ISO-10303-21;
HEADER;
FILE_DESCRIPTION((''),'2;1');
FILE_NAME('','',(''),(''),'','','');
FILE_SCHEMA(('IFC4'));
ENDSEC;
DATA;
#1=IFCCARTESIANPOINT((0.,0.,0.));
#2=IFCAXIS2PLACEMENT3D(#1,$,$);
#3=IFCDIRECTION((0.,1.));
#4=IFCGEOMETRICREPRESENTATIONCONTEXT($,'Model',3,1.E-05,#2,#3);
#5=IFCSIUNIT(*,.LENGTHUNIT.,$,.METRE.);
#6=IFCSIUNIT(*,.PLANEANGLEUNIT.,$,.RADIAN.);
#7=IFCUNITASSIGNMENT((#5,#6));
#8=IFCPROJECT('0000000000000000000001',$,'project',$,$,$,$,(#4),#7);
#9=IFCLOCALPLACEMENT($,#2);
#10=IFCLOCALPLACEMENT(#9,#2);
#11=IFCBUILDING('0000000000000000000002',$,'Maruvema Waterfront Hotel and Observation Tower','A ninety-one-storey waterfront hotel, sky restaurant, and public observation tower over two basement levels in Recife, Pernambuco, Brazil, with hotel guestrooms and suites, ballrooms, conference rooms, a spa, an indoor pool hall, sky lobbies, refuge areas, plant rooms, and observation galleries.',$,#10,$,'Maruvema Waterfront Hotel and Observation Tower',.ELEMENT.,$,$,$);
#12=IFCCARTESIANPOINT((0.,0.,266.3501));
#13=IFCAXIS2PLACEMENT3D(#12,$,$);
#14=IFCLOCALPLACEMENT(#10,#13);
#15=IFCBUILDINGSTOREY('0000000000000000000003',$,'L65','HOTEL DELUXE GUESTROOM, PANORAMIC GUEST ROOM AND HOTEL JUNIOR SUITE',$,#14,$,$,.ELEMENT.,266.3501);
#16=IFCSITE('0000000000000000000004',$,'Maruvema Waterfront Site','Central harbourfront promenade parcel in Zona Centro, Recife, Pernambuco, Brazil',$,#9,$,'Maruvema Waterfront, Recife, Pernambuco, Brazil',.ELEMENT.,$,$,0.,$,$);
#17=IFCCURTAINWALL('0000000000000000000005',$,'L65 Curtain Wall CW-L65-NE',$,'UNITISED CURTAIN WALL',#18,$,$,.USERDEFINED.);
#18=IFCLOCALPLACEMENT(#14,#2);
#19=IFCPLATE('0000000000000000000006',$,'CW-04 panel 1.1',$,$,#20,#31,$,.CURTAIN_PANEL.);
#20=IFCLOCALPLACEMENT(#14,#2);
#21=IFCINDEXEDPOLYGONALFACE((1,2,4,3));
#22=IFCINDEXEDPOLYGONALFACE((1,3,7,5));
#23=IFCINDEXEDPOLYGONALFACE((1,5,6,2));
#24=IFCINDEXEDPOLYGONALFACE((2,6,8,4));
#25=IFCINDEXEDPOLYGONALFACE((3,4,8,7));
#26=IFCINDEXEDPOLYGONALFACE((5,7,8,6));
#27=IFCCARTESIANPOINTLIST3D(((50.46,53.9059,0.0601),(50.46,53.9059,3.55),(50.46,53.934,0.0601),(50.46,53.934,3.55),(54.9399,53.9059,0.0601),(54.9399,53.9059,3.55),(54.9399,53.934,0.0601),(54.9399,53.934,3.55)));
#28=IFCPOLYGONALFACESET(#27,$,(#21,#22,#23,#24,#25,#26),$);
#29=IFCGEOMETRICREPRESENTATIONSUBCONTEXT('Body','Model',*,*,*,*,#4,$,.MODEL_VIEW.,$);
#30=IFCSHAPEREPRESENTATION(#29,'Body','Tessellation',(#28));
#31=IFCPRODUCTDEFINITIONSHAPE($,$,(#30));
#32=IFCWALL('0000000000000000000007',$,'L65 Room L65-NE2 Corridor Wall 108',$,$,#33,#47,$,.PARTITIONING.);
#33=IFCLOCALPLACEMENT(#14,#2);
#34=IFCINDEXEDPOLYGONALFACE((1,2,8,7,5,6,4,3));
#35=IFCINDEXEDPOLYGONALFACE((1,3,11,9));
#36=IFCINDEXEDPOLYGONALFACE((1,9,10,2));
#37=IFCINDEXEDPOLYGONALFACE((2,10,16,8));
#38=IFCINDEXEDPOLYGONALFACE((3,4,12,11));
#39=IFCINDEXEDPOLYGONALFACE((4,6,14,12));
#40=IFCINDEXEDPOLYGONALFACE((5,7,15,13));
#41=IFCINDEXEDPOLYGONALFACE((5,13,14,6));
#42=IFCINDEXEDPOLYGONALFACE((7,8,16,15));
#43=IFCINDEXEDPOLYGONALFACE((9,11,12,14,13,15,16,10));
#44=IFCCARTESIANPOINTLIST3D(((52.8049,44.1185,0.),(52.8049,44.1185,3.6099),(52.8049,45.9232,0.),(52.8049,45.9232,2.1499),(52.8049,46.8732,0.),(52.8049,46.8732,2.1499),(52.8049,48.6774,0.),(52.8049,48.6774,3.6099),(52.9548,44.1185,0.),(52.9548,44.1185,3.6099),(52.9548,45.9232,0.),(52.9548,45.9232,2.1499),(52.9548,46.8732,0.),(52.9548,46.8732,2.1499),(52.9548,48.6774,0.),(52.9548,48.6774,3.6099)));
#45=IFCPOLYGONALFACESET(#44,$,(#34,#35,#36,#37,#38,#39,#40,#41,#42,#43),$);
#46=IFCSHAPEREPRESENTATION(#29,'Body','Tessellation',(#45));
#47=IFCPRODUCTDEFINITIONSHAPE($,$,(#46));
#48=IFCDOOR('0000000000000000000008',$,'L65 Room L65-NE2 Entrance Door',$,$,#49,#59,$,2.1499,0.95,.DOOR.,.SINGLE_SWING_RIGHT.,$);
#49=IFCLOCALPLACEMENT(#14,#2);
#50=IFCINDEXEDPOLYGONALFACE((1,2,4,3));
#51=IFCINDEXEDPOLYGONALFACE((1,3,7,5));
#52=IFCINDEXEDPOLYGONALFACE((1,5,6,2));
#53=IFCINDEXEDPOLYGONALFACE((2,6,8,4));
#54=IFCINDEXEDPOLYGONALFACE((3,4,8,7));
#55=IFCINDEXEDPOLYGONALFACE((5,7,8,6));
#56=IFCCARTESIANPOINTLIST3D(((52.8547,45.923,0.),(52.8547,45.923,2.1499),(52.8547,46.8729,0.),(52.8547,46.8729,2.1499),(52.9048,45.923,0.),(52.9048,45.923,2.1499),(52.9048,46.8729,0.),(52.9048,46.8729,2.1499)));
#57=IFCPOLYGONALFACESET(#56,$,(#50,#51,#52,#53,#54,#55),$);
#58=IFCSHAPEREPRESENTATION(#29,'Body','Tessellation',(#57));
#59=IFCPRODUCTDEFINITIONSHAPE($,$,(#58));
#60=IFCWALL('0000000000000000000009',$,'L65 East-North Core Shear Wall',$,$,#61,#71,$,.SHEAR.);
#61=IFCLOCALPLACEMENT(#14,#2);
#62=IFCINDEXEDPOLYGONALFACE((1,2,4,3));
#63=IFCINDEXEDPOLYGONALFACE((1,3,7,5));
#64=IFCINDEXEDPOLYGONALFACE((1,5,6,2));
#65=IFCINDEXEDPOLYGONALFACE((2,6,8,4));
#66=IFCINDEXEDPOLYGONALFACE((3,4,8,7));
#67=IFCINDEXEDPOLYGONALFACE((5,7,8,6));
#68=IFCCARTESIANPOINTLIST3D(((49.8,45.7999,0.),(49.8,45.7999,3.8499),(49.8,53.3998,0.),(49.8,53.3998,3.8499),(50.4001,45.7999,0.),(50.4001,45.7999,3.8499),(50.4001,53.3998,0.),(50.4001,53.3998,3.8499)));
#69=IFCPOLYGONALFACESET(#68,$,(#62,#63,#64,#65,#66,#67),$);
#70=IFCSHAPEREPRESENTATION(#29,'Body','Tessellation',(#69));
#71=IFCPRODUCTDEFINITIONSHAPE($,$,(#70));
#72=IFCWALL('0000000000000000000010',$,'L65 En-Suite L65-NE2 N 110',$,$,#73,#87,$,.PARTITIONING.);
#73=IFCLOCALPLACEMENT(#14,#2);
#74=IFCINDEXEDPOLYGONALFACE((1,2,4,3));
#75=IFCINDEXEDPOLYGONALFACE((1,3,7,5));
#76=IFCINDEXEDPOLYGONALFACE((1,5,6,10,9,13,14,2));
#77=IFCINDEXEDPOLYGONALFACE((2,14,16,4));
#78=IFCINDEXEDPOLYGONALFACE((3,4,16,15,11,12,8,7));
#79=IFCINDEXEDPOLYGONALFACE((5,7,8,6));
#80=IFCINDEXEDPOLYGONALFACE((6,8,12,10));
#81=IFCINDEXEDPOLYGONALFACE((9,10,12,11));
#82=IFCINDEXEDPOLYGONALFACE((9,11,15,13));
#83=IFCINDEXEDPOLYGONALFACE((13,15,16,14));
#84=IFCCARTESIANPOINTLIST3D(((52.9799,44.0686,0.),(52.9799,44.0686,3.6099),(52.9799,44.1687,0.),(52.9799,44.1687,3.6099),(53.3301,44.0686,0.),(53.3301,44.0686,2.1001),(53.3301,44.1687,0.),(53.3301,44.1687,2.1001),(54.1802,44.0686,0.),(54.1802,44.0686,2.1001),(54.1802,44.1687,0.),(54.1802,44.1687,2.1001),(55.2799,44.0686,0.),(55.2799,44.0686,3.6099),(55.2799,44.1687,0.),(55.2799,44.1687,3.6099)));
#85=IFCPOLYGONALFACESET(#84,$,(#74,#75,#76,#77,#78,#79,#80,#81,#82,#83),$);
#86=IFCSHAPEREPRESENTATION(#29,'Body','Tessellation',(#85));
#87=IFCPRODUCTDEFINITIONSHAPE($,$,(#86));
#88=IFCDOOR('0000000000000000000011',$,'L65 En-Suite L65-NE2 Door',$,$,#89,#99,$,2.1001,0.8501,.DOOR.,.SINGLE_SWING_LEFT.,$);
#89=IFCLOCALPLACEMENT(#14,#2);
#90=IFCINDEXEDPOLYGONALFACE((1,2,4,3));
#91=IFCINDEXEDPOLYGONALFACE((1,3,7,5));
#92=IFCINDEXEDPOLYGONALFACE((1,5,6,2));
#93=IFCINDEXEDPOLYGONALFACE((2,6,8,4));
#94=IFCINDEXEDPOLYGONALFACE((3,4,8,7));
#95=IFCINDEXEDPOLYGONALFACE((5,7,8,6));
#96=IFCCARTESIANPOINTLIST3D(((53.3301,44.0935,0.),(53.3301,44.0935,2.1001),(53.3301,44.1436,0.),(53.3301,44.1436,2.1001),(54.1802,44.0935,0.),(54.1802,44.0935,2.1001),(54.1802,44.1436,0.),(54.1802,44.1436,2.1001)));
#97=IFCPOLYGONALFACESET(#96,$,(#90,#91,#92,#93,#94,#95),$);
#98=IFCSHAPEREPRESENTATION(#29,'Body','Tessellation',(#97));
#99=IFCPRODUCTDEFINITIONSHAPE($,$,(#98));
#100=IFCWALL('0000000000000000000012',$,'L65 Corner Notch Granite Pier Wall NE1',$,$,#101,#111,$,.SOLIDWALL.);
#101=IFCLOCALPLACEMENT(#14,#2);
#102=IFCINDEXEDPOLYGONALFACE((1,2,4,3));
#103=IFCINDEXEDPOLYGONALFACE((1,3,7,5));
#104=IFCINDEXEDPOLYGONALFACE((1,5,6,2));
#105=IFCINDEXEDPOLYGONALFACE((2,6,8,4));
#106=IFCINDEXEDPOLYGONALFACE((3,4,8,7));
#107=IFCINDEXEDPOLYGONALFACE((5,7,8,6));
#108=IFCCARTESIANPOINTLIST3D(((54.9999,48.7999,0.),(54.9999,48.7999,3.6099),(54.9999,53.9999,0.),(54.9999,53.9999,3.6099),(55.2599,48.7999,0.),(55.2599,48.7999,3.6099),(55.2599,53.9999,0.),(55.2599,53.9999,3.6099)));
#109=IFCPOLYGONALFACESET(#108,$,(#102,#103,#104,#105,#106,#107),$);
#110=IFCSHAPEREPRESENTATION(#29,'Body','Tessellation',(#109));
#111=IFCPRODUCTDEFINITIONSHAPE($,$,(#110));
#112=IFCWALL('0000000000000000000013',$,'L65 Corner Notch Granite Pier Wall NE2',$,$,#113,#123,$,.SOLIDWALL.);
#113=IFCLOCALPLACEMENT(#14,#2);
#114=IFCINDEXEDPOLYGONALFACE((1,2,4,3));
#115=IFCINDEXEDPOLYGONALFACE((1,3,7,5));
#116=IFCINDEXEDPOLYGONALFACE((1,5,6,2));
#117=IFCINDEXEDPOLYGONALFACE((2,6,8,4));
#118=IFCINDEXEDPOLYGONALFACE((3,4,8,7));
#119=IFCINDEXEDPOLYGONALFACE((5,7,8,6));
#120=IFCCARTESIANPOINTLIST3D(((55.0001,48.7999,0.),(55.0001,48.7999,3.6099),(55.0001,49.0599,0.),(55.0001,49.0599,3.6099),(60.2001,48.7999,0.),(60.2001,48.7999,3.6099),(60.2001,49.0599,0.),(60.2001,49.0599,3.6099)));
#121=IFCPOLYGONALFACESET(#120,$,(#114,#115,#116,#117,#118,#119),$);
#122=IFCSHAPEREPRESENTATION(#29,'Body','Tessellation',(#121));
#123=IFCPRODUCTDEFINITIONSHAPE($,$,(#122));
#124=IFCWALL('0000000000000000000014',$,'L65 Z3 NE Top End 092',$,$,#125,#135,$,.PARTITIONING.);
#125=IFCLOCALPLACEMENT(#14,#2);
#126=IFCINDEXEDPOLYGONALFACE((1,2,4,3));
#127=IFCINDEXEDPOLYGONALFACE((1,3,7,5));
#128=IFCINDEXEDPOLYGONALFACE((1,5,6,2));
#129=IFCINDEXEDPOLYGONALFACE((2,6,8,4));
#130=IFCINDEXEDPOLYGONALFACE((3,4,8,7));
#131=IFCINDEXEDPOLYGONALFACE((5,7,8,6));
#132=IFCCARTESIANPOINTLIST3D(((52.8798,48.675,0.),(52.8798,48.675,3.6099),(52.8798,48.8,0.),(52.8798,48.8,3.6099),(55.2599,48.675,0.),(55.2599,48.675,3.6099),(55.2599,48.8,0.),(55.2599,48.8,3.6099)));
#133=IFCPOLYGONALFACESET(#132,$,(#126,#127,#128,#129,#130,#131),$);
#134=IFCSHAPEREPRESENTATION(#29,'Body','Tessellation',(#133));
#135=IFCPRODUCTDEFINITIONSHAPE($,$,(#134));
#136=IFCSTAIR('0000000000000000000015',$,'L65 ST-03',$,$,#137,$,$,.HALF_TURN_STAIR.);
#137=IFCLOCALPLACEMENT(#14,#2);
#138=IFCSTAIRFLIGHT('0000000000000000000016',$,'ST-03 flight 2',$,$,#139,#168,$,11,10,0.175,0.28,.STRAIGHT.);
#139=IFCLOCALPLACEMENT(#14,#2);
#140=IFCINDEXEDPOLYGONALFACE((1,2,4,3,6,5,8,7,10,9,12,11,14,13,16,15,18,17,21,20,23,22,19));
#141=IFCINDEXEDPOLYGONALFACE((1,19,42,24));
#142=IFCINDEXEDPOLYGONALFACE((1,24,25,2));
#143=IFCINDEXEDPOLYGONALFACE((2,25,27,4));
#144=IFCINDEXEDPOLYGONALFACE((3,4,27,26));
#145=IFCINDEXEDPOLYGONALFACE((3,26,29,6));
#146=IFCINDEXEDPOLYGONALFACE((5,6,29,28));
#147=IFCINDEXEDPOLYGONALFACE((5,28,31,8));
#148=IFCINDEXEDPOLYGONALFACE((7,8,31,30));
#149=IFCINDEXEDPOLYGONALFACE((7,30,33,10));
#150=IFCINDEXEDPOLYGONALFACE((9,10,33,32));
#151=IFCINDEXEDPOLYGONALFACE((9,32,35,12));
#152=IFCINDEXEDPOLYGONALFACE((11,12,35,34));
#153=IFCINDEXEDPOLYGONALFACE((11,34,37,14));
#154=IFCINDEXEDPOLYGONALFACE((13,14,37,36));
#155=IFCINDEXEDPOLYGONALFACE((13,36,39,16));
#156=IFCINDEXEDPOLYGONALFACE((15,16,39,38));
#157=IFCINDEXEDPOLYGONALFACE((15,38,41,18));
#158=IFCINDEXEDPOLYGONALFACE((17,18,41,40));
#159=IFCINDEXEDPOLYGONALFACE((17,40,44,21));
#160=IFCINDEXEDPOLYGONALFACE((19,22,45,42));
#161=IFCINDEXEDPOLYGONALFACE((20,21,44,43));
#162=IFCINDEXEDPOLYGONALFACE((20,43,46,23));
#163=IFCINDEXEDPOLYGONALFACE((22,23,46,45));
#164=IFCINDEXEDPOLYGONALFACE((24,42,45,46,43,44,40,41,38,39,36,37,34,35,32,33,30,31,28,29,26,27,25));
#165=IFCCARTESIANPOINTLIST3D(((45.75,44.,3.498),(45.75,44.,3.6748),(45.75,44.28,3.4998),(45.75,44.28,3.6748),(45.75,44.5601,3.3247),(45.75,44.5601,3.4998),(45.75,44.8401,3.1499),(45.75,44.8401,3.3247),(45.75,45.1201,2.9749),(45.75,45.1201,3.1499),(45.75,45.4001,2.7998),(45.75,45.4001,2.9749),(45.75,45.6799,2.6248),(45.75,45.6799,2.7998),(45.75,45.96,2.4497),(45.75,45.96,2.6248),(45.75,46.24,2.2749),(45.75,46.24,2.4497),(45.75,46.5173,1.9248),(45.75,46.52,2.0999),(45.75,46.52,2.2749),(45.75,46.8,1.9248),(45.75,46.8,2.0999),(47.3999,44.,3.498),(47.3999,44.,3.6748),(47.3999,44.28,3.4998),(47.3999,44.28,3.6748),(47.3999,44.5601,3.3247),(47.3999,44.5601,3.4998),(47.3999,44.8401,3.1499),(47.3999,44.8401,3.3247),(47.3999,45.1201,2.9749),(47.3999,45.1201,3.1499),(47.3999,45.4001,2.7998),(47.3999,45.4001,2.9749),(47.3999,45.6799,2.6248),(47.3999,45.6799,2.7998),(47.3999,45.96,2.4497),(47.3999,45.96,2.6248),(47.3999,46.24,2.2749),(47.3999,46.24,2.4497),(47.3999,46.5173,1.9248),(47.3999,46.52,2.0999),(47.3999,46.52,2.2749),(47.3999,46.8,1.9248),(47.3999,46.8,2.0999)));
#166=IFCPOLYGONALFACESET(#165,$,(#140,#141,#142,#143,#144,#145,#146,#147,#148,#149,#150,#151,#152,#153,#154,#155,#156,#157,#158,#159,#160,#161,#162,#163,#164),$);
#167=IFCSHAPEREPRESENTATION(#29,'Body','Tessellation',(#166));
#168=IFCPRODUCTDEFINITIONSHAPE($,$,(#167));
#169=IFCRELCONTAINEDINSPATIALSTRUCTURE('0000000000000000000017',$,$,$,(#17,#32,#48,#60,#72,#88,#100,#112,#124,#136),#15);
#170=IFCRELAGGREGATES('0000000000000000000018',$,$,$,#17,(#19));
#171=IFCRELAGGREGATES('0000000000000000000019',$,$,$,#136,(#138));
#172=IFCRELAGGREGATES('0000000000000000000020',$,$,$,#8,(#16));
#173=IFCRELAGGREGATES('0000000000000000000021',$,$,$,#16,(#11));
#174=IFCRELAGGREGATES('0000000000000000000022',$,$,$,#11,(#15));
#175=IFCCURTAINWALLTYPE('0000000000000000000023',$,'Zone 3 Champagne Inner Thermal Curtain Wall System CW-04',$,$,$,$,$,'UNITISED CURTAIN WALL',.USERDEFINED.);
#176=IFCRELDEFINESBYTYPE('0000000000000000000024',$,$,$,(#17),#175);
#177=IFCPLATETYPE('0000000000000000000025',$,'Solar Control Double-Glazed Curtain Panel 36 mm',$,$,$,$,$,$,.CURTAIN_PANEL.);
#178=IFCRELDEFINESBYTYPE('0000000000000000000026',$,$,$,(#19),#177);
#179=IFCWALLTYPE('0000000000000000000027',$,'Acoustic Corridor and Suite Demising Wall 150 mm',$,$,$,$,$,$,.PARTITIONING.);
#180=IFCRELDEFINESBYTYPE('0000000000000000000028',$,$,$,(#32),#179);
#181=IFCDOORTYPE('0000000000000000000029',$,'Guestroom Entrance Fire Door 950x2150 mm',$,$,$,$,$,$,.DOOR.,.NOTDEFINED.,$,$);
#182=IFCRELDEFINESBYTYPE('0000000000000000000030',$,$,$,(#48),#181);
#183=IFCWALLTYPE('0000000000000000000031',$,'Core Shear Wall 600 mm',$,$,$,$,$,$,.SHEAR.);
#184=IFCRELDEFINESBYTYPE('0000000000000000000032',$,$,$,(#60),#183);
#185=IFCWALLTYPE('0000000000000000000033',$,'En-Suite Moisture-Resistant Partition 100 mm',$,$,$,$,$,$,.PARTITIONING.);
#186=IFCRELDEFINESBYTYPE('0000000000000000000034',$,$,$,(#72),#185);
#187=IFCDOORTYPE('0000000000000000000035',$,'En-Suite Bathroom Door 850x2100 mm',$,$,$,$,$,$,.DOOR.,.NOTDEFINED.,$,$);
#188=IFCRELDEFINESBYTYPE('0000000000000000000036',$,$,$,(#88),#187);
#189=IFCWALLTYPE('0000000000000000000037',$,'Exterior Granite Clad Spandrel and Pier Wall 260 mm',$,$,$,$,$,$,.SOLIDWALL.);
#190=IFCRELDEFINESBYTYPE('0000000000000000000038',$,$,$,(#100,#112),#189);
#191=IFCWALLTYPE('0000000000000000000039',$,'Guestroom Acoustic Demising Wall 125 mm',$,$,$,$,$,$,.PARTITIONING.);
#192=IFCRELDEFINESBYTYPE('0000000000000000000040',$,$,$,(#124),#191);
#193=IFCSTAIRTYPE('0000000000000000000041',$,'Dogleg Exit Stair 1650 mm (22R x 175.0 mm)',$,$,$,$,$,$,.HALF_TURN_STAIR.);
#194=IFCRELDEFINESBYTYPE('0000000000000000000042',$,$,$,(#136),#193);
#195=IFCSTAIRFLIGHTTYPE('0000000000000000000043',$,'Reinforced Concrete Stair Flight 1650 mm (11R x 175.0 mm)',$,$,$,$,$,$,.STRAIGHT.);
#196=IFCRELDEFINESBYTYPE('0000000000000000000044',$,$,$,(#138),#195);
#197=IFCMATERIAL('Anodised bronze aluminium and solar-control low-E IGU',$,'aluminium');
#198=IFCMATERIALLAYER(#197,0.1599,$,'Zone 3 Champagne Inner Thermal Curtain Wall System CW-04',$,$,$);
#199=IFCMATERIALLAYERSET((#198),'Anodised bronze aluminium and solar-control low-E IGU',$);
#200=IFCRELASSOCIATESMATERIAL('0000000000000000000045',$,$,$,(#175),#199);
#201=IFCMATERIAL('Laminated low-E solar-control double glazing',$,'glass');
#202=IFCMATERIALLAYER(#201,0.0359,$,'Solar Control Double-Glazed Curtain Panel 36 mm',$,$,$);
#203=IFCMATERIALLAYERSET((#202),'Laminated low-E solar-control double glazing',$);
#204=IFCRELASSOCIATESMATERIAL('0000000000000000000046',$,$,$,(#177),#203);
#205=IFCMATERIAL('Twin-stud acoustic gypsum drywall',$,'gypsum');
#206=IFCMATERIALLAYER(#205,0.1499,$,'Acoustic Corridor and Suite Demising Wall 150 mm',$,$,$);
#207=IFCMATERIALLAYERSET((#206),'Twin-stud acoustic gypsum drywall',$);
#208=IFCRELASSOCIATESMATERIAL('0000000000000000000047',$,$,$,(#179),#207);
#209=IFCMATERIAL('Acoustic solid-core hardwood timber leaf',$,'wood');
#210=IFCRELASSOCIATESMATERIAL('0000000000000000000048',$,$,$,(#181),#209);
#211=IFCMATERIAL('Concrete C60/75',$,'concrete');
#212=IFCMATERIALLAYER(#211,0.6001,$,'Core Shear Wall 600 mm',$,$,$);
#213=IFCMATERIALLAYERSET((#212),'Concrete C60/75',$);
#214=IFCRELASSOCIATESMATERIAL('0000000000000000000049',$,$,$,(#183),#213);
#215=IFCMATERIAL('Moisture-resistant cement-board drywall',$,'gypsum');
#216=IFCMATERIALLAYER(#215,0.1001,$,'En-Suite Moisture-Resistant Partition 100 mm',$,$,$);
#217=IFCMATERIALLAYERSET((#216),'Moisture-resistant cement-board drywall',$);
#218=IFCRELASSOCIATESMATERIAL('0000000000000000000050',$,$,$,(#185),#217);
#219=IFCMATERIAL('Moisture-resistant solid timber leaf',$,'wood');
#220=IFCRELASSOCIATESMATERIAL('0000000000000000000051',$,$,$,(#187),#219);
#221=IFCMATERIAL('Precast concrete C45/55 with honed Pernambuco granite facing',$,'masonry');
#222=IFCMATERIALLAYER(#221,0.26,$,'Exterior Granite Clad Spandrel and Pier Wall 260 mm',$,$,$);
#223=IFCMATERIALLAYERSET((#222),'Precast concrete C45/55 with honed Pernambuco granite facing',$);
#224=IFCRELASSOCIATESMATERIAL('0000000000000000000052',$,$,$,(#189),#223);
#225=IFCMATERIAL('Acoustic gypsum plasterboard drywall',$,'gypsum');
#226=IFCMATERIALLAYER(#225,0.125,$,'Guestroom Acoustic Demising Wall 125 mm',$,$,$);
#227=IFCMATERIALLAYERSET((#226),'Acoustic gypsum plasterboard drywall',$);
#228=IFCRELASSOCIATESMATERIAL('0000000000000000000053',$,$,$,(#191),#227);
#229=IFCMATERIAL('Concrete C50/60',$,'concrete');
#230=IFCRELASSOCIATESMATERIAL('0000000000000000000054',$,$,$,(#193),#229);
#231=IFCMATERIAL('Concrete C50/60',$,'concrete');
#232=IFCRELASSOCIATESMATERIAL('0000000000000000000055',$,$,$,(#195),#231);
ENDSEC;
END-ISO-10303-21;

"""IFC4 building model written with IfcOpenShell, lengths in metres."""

from ifc_helpers import new_model, si_unit, direction, frame, frame_2d, origin, origin_2d, place, context, subcontext, project, spatial, polyline, rectangle, outline, extrude, material, layer, layer_set, type_object, element, fill, aggregate, save


model = new_model("IFC4")

# Units and contexts
model_context = context("Model", 3, precision=1e-05, world=origin(), true_north=direction((0.0, 1.0)))
body_context = subcontext(model_context, "Body", "Model", "MODEL_VIEW")
ifc_project = project(units=[si_unit("LENGTHUNIT", "METRE"), si_unit("PLANEANGLEUNIT", "RADIAN")], contexts=[model_context])

# Site, building, storey
site_placement = place(None, origin())
site = spatial("IfcSite", under=ifc_project, at=site_placement, Name="Maruvema Waterfront Site", Description="Central harbourfront promenade parcel in Zona Centro, Recife, Pernambuco, Brazil", LongName="Maruvema Waterfront, Recife, Pernambuco, Brazil", CompositionType="ELEMENT", RefElevation=0.0)
building_placement = place(site_placement, origin())
building = spatial("IfcBuilding", under=site, at=building_placement, Name="Maruvema Waterfront Hotel and Observation Tower", Description="A ninety-one-storey waterfront hotel, sky restaurant, and public observation tower over two basement levels in Recife, Pernambuco, Brazil, with hotel guestrooms and suites, ballrooms, conference rooms, a spa, an indoor pool hall, sky lobbies, refuge areas, plant rooms, and observation galleries.", LongName="Maruvema Waterfront Hotel and Observation Tower", CompositionType="ELEMENT")
storey_placement = place(building_placement, frame((0.0, 0.0, 266.3501)))
storey = spatial("IfcBuildingStorey", under=building, at=storey_placement, Name="L65", Description="HOTEL DELUXE GUESTROOM, PANORAMIC GUEST ROOM AND HOTEL JUNIOR SUITE", CompositionType="ELEMENT", Elevation=266.3501)

# Curtain wall
ifc_material_1 = material(Name="Anodised bronze aluminium and solar-control low-E IGU", Category="aluminium")
ifc_layer_1 = layer(ifc_material_1, 0.1599, Name="Zone 3 Champagne Inner Thermal Curtain Wall System CW-04")
ifc_layer_set_1 = layer_set([ifc_layer_1], Name="Anodised bronze aluminium and solar-control low-E IGU")
curtain_wall_type = type_object("IfcCurtainWallType", Name="Zone 3 Champagne Inner Thermal Curtain Wall System CW-04", ElementType="UNITISED CURTAIN WALL", PredefinedType="USERDEFINED", material=ifc_layer_set_1)
curtain_wall_1_placement = place(storey_placement, origin())
curtain_wall_1 = element("IfcCurtainWall", 1, at=curtain_wall_1_placement, inside=storey, type_object=curtain_wall_type, Name="L65 Curtain Wall CW-L65-NE", ObjectType="UNITISED CURTAIN WALL", PredefinedType="USERDEFINED")

# Plate
ifc_material_2 = material(Name="Laminated low-E solar-control double glazing", Category="glass")
ifc_layer_2 = layer(ifc_material_2, 0.0359, Name="Solar Control Double-Glazed Curtain Panel 36 mm")
ifc_layer_set_2 = layer_set([ifc_layer_2], Name="Laminated low-E solar-control double glazing")
plate_type = type_object("IfcPlateType", Name="Solar Control Double-Glazed Curtain Panel 36 mm", PredefinedType="CURTAIN_PANEL", material=ifc_layer_set_2)
plate_1_placement = place(storey_placement, frame((52.7, 53.9199, 0.0601), z_axis=(0.0, 0.0, 1.0), x_axis=(-1.0, 0.0, 0.0)))
plate_1 = element("IfcPlate", 2, at=plate_1_placement, type_object=plate_type, Name="CW-04 panel 1.1", PredefinedType="CURTAIN_PANEL", context=body_context, shape_type="SweptSolid", body=[
    extrude(rectangle(XDim=4.48, YDim=0.0281, at=origin_2d()), origin(), (0.0, 0.0, 1.0), 3.49),
])
aggregate(curtain_wall_1, [plate_1])

# Wall, opening, door
ifc_material_3 = material(Name="Twin-stud acoustic gypsum drywall", Category="gypsum")
ifc_layer_3 = layer(ifc_material_3, 0.1499, Name="Acoustic Corridor and Suite Demising Wall 150 mm")
ifc_layer_set_3 = layer_set([ifc_layer_3], Name="Twin-stud acoustic gypsum drywall")
wall_type_1 = type_object("IfcWallType", Name="Acoustic Corridor and Suite Demising Wall 150 mm", PredefinedType="PARTITIONING", material=ifc_layer_set_3)
wall_1_placement = place(storey_placement, frame((52.8799, 44.1187, 0.0), z_axis=(0.0, 0.0, 1.0), x_axis=(0.0, 1.0, 0.0)))
wall_1 = element("IfcWall", 3, at=wall_1_placement, inside=storey, type_object=wall_type_1, Name="L65 Room L65-NE2 Corridor Wall 108", PredefinedType="PARTITIONING", context=body_context, shape_type="SweptSolid", body=[
    extrude(rectangle(XDim=4.5588, YDim=0.1499, at=frame_2d((2.2793, 0.0))), origin(), (0.0, 0.0, 1.0), 3.6099),
])
opening_1_placement = place(wall_1_placement, frame((1.8044, 0.0, 0.0)))
opening_1 = element("IfcOpeningElement", 4, at=opening_1_placement, cuts=wall_1, PredefinedType="OPENING", context=body_context, shape_type="SweptSolid", body=[
    extrude(rectangle(XDim=0.95, YDim=2.1499, at=frame_2d((0.4751, 1.075))), frame((0.0, 0.085, 0.0), z_axis=(0.0, -1.0, 0.0), x_axis=(1.0, 0.0, 0.0)), (0.0, 0.0, 1.0), 0.1699),
])
ifc_material_4 = material(Name="Acoustic solid-core hardwood timber leaf", Category="wood")
door_type_1 = type_object("IfcDoorType", Name="Guestroom Entrance Fire Door 950x2150 mm", OperationType="NOTDEFINED", PredefinedType="DOOR", material=ifc_material_4)
door_1_placement = place(opening_1_placement, frame((0.95, 0.0, 0.0), z_axis=(0.0, 0.0, 1.0), x_axis=(-1.0, 0.0, 0.0)))
door_1 = element("IfcDoor", 5, at=door_1_placement, inside=storey, type_object=door_type_1, Name="L65 Room L65-NE2 Entrance Door", OperationType="SINGLE_SWING_RIGHT", OverallHeight=2.1499, OverallWidth=0.95, PredefinedType="DOOR", context=body_context, shape_type="SweptSolid", body=[
    extrude(rectangle(XDim=0.95, YDim=2.1499, at=frame_2d((0.4751, 1.075))), frame((0.0, 0.0249, 0.0), z_axis=(0.0, -1.0, 0.0), x_axis=(1.0, 0.0, 0.0)), (0.0, 0.0, 1.0), 0.05),
])
fill(opening_1, door_1)

# Wall
ifc_material_5 = material(Name="Concrete C60/75", Category="concrete")
ifc_layer_4 = layer(ifc_material_5, 0.6001, Name="Core Shear Wall 600 mm")
ifc_layer_set_4 = layer_set([ifc_layer_4], Name="Concrete C60/75")
wall_type_2 = type_object("IfcWallType", Name="Core Shear Wall 600 mm", PredefinedType="SHEAR", material=ifc_layer_set_4)
wall_2_placement = place(storey_placement, frame((50.1001, 45.8, 0.0), z_axis=(0.0, 0.0, 1.0), x_axis=(0.0, 1.0, 0.0)))
element("IfcWall", 6, at=wall_2_placement, inside=storey, type_object=wall_type_2, Name="L65 East-North Core Shear Wall", PredefinedType="SHEAR", context=body_context, shape_type="SweptSolid", body=[
    extrude(rectangle(XDim=7.5999, YDim=0.6001, at=frame_2d((3.7998, 0.0))), origin(), (0.0, 0.0, 1.0), 3.8499),
])

# Wall, opening, door
ifc_material_6 = material(Name="Moisture-resistant cement-board drywall", Category="gypsum")
ifc_layer_5 = layer(ifc_material_6, 0.1001, Name="En-Suite Moisture-Resistant Partition 100 mm")
ifc_layer_set_5 = layer_set([ifc_layer_5], Name="Moisture-resistant cement-board drywall")
wall_type_3 = type_object("IfcWallType", Name="En-Suite Moisture-Resistant Partition 100 mm", PredefinedType="PARTITIONING", material=ifc_layer_set_5)
wall_3_placement = place(storey_placement, frame((52.98, 44.1187, 0.0), z_axis=(0.0, 0.0, 1.0), x_axis=(1.0, 0.0, 0.0)))
wall_3 = element("IfcWall", 7, at=wall_3_placement, inside=storey, type_object=wall_type_3, Name="L65 En-Suite L65-NE2 N 110", PredefinedType="PARTITIONING", context=body_context, shape_type="SweptSolid", body=[
    extrude(rectangle(XDim=2.3, YDim=0.1001, at=frame_2d((1.1499, 0.0))), origin(), (0.0, 0.0, 1.0), 3.6099),
])
opening_2_placement = place(wall_3_placement, frame((0.3501, 0.0, 0.0)))
opening_2 = element("IfcOpeningElement", 8, at=opening_2_placement, cuts=wall_3, PredefinedType="OPENING", context=body_context, shape_type="SweptSolid", body=[
    extrude(rectangle(XDim=0.8501, YDim=2.1001, at=frame_2d((0.425, 1.05))), frame((0.0, 0.0601, 0.0), z_axis=(0.0, -1.0, 0.0), x_axis=(1.0, 0.0, 0.0)), (0.0, 0.0, 1.0), 0.1201),
])
ifc_material_7 = material(Name="Moisture-resistant solid timber leaf", Category="wood")
door_type_2 = type_object("IfcDoorType", Name="En-Suite Bathroom Door 850x2100 mm", OperationType="NOTDEFINED", PredefinedType="DOOR", material=ifc_material_7)
door_2_placement = place(opening_2_placement, origin())
door_2 = element("IfcDoor", 9, at=door_2_placement, inside=storey, type_object=door_type_2, Name="L65 En-Suite L65-NE2 Door", OperationType="SINGLE_SWING_LEFT", OverallHeight=2.1001, OverallWidth=0.8501, PredefinedType="DOOR", context=body_context, shape_type="SweptSolid", body=[
    extrude(rectangle(XDim=0.8501, YDim=2.1001, at=frame_2d((0.425, 1.05))), frame((0.0, 0.0249, 0.0), z_axis=(0.0, -1.0, 0.0), x_axis=(1.0, 0.0, 0.0)), (0.0, 0.0, 1.0), 0.05),
])
fill(opening_2, door_2)

# Walls
ifc_material_8 = material(Name="Precast concrete C45/55 with honed Pernambuco granite facing", Category="masonry")
ifc_layer_6 = layer(ifc_material_8, 0.26, Name="Exterior Granite Clad Spandrel and Pier Wall 260 mm")
ifc_layer_set_6 = layer_set([ifc_layer_6], Name="Precast concrete C45/55 with honed Pernambuco granite facing")
wall_type_4 = type_object("IfcWallType", Name="Exterior Granite Clad Spandrel and Pier Wall 260 mm", PredefinedType="SOLIDWALL", material=ifc_layer_set_6)
for number, where, z_axis, x_axis, name in (
    (10, (55.1299, 54.0, 0.0), (0.0, 0.0, 1.0), (0.0, -1.0, 0.0), "L65 Corner Notch Granite Pier Wall NE1"),
    (11, (55.0, 48.9299, 0.0), (0.0, 0.0, 1.0), (1.0, 0.0, 0.0), "L65 Corner Notch Granite Pier Wall NE2"),
):
    element("IfcWall", number, at=place(storey_placement, frame(where, z_axis=z_axis, x_axis=x_axis)), inside=storey, type_object=wall_type_4, Name=name, PredefinedType="SOLIDWALL", context=body_context, shape_type="SweptSolid", body=[
        extrude(rectangle(XDim=5.2, YDim=0.26, at=frame_2d((2.6001, 0.0))), origin(), (0.0, 0.0, 1.0), 3.6099),
    ])
ifc_material_9 = material(Name="Acoustic gypsum plasterboard drywall", Category="gypsum")
ifc_layer_7 = layer(ifc_material_9, 0.125, Name="Guestroom Acoustic Demising Wall 125 mm")
ifc_layer_set_7 = layer_set([ifc_layer_7], Name="Acoustic gypsum plasterboard drywall")
wall_type_5 = type_object("IfcWallType", Name="Guestroom Acoustic Demising Wall 125 mm", PredefinedType="PARTITIONING", material=ifc_layer_set_7)
wall_4_placement = place(storey_placement, frame((52.8799, 48.7375, 0.0), z_axis=(0.0, 0.0, 1.0), x_axis=(1.0, 0.0, 0.0)))
element("IfcWall", 12, at=wall_4_placement, inside=storey, type_object=wall_type_5, Name="L65 Z3 NE Top End 092", PredefinedType="PARTITIONING", context=body_context, shape_type="SweptSolid", body=[
    extrude(rectangle(XDim=2.3801, YDim=0.125, at=frame_2d((1.1899, 0.0))), origin(), (0.0, 0.0, 1.0), 3.6099),
])

# Stair, stair flight
ifc_material_10 = material(Name="Concrete C50/60", Category="concrete")
stair_type = type_object("IfcStairType", Name="Dogleg Exit Stair 1650 mm (22R x 175.0 mm)", PredefinedType="HALF_TURN_STAIR", material=ifc_material_10)
stair_placement = place(storey_placement, origin())
stair = element("IfcStair", 13, at=stair_placement, inside=storey, type_object=stair_type, Name="L65 ST-03", PredefinedType="HALF_TURN_STAIR")
ifc_material_11 = material(Name="Concrete C50/60", Category="concrete")
stair_flight_type = type_object("IfcStairFlightType", Name="Reinforced Concrete Stair Flight 1650 mm (11R x 175.0 mm)", PredefinedType="STRAIGHT", material=ifc_material_11)
stair_flight_placement = place(storey_placement, frame((46.575, 46.8, 1.9248), z_axis=(0.0, 0.0, 1.0), x_axis=(0.0, -1.0, 0.0)))
stair_flight = element("IfcStairFlight", 14, at=stair_flight_placement, type_object=stair_flight_type, Name="ST-03 flight 2", NumberOfRisers=11, NumberOfTreads=10, PredefinedType="STRAIGHT", RiserHeight=0.175, TreadLength=0.28, context=body_context, shape_type="SweptSolid", body=[
    extrude(outline(polyline([(0.0, 0.0), (0.0, 0.175), (0.28, 0.175), (0.28, 0.3501), (0.5601, 0.3501), (0.5601, 0.5249), (0.8401, 0.5249), (0.8401, 0.7), (1.1201, 0.7), (1.1201, 0.875), (1.3999, 0.875), (1.3999, 1.05), (1.6799, 1.05), (1.6799, 1.2251), (1.96, 1.2251), (1.96, 1.3999), (2.24, 1.3999), (2.24, 1.575), (2.52, 1.575), (2.52, 1.75), (2.8, 1.75), (2.8, 1.925), (2.8, 1.5732), (0.2827, 0.0), (0.0, 0.0)])), frame((0.0, 0.825, 0.0), z_axis=(0.0, -1.0, 0.0), x_axis=(1.0, 0.0, 0.0)), (0.0, 0.0, 1.0), 1.6499),
])
aggregate(stair, [stair_flight])

save(model, "model.ifc")
